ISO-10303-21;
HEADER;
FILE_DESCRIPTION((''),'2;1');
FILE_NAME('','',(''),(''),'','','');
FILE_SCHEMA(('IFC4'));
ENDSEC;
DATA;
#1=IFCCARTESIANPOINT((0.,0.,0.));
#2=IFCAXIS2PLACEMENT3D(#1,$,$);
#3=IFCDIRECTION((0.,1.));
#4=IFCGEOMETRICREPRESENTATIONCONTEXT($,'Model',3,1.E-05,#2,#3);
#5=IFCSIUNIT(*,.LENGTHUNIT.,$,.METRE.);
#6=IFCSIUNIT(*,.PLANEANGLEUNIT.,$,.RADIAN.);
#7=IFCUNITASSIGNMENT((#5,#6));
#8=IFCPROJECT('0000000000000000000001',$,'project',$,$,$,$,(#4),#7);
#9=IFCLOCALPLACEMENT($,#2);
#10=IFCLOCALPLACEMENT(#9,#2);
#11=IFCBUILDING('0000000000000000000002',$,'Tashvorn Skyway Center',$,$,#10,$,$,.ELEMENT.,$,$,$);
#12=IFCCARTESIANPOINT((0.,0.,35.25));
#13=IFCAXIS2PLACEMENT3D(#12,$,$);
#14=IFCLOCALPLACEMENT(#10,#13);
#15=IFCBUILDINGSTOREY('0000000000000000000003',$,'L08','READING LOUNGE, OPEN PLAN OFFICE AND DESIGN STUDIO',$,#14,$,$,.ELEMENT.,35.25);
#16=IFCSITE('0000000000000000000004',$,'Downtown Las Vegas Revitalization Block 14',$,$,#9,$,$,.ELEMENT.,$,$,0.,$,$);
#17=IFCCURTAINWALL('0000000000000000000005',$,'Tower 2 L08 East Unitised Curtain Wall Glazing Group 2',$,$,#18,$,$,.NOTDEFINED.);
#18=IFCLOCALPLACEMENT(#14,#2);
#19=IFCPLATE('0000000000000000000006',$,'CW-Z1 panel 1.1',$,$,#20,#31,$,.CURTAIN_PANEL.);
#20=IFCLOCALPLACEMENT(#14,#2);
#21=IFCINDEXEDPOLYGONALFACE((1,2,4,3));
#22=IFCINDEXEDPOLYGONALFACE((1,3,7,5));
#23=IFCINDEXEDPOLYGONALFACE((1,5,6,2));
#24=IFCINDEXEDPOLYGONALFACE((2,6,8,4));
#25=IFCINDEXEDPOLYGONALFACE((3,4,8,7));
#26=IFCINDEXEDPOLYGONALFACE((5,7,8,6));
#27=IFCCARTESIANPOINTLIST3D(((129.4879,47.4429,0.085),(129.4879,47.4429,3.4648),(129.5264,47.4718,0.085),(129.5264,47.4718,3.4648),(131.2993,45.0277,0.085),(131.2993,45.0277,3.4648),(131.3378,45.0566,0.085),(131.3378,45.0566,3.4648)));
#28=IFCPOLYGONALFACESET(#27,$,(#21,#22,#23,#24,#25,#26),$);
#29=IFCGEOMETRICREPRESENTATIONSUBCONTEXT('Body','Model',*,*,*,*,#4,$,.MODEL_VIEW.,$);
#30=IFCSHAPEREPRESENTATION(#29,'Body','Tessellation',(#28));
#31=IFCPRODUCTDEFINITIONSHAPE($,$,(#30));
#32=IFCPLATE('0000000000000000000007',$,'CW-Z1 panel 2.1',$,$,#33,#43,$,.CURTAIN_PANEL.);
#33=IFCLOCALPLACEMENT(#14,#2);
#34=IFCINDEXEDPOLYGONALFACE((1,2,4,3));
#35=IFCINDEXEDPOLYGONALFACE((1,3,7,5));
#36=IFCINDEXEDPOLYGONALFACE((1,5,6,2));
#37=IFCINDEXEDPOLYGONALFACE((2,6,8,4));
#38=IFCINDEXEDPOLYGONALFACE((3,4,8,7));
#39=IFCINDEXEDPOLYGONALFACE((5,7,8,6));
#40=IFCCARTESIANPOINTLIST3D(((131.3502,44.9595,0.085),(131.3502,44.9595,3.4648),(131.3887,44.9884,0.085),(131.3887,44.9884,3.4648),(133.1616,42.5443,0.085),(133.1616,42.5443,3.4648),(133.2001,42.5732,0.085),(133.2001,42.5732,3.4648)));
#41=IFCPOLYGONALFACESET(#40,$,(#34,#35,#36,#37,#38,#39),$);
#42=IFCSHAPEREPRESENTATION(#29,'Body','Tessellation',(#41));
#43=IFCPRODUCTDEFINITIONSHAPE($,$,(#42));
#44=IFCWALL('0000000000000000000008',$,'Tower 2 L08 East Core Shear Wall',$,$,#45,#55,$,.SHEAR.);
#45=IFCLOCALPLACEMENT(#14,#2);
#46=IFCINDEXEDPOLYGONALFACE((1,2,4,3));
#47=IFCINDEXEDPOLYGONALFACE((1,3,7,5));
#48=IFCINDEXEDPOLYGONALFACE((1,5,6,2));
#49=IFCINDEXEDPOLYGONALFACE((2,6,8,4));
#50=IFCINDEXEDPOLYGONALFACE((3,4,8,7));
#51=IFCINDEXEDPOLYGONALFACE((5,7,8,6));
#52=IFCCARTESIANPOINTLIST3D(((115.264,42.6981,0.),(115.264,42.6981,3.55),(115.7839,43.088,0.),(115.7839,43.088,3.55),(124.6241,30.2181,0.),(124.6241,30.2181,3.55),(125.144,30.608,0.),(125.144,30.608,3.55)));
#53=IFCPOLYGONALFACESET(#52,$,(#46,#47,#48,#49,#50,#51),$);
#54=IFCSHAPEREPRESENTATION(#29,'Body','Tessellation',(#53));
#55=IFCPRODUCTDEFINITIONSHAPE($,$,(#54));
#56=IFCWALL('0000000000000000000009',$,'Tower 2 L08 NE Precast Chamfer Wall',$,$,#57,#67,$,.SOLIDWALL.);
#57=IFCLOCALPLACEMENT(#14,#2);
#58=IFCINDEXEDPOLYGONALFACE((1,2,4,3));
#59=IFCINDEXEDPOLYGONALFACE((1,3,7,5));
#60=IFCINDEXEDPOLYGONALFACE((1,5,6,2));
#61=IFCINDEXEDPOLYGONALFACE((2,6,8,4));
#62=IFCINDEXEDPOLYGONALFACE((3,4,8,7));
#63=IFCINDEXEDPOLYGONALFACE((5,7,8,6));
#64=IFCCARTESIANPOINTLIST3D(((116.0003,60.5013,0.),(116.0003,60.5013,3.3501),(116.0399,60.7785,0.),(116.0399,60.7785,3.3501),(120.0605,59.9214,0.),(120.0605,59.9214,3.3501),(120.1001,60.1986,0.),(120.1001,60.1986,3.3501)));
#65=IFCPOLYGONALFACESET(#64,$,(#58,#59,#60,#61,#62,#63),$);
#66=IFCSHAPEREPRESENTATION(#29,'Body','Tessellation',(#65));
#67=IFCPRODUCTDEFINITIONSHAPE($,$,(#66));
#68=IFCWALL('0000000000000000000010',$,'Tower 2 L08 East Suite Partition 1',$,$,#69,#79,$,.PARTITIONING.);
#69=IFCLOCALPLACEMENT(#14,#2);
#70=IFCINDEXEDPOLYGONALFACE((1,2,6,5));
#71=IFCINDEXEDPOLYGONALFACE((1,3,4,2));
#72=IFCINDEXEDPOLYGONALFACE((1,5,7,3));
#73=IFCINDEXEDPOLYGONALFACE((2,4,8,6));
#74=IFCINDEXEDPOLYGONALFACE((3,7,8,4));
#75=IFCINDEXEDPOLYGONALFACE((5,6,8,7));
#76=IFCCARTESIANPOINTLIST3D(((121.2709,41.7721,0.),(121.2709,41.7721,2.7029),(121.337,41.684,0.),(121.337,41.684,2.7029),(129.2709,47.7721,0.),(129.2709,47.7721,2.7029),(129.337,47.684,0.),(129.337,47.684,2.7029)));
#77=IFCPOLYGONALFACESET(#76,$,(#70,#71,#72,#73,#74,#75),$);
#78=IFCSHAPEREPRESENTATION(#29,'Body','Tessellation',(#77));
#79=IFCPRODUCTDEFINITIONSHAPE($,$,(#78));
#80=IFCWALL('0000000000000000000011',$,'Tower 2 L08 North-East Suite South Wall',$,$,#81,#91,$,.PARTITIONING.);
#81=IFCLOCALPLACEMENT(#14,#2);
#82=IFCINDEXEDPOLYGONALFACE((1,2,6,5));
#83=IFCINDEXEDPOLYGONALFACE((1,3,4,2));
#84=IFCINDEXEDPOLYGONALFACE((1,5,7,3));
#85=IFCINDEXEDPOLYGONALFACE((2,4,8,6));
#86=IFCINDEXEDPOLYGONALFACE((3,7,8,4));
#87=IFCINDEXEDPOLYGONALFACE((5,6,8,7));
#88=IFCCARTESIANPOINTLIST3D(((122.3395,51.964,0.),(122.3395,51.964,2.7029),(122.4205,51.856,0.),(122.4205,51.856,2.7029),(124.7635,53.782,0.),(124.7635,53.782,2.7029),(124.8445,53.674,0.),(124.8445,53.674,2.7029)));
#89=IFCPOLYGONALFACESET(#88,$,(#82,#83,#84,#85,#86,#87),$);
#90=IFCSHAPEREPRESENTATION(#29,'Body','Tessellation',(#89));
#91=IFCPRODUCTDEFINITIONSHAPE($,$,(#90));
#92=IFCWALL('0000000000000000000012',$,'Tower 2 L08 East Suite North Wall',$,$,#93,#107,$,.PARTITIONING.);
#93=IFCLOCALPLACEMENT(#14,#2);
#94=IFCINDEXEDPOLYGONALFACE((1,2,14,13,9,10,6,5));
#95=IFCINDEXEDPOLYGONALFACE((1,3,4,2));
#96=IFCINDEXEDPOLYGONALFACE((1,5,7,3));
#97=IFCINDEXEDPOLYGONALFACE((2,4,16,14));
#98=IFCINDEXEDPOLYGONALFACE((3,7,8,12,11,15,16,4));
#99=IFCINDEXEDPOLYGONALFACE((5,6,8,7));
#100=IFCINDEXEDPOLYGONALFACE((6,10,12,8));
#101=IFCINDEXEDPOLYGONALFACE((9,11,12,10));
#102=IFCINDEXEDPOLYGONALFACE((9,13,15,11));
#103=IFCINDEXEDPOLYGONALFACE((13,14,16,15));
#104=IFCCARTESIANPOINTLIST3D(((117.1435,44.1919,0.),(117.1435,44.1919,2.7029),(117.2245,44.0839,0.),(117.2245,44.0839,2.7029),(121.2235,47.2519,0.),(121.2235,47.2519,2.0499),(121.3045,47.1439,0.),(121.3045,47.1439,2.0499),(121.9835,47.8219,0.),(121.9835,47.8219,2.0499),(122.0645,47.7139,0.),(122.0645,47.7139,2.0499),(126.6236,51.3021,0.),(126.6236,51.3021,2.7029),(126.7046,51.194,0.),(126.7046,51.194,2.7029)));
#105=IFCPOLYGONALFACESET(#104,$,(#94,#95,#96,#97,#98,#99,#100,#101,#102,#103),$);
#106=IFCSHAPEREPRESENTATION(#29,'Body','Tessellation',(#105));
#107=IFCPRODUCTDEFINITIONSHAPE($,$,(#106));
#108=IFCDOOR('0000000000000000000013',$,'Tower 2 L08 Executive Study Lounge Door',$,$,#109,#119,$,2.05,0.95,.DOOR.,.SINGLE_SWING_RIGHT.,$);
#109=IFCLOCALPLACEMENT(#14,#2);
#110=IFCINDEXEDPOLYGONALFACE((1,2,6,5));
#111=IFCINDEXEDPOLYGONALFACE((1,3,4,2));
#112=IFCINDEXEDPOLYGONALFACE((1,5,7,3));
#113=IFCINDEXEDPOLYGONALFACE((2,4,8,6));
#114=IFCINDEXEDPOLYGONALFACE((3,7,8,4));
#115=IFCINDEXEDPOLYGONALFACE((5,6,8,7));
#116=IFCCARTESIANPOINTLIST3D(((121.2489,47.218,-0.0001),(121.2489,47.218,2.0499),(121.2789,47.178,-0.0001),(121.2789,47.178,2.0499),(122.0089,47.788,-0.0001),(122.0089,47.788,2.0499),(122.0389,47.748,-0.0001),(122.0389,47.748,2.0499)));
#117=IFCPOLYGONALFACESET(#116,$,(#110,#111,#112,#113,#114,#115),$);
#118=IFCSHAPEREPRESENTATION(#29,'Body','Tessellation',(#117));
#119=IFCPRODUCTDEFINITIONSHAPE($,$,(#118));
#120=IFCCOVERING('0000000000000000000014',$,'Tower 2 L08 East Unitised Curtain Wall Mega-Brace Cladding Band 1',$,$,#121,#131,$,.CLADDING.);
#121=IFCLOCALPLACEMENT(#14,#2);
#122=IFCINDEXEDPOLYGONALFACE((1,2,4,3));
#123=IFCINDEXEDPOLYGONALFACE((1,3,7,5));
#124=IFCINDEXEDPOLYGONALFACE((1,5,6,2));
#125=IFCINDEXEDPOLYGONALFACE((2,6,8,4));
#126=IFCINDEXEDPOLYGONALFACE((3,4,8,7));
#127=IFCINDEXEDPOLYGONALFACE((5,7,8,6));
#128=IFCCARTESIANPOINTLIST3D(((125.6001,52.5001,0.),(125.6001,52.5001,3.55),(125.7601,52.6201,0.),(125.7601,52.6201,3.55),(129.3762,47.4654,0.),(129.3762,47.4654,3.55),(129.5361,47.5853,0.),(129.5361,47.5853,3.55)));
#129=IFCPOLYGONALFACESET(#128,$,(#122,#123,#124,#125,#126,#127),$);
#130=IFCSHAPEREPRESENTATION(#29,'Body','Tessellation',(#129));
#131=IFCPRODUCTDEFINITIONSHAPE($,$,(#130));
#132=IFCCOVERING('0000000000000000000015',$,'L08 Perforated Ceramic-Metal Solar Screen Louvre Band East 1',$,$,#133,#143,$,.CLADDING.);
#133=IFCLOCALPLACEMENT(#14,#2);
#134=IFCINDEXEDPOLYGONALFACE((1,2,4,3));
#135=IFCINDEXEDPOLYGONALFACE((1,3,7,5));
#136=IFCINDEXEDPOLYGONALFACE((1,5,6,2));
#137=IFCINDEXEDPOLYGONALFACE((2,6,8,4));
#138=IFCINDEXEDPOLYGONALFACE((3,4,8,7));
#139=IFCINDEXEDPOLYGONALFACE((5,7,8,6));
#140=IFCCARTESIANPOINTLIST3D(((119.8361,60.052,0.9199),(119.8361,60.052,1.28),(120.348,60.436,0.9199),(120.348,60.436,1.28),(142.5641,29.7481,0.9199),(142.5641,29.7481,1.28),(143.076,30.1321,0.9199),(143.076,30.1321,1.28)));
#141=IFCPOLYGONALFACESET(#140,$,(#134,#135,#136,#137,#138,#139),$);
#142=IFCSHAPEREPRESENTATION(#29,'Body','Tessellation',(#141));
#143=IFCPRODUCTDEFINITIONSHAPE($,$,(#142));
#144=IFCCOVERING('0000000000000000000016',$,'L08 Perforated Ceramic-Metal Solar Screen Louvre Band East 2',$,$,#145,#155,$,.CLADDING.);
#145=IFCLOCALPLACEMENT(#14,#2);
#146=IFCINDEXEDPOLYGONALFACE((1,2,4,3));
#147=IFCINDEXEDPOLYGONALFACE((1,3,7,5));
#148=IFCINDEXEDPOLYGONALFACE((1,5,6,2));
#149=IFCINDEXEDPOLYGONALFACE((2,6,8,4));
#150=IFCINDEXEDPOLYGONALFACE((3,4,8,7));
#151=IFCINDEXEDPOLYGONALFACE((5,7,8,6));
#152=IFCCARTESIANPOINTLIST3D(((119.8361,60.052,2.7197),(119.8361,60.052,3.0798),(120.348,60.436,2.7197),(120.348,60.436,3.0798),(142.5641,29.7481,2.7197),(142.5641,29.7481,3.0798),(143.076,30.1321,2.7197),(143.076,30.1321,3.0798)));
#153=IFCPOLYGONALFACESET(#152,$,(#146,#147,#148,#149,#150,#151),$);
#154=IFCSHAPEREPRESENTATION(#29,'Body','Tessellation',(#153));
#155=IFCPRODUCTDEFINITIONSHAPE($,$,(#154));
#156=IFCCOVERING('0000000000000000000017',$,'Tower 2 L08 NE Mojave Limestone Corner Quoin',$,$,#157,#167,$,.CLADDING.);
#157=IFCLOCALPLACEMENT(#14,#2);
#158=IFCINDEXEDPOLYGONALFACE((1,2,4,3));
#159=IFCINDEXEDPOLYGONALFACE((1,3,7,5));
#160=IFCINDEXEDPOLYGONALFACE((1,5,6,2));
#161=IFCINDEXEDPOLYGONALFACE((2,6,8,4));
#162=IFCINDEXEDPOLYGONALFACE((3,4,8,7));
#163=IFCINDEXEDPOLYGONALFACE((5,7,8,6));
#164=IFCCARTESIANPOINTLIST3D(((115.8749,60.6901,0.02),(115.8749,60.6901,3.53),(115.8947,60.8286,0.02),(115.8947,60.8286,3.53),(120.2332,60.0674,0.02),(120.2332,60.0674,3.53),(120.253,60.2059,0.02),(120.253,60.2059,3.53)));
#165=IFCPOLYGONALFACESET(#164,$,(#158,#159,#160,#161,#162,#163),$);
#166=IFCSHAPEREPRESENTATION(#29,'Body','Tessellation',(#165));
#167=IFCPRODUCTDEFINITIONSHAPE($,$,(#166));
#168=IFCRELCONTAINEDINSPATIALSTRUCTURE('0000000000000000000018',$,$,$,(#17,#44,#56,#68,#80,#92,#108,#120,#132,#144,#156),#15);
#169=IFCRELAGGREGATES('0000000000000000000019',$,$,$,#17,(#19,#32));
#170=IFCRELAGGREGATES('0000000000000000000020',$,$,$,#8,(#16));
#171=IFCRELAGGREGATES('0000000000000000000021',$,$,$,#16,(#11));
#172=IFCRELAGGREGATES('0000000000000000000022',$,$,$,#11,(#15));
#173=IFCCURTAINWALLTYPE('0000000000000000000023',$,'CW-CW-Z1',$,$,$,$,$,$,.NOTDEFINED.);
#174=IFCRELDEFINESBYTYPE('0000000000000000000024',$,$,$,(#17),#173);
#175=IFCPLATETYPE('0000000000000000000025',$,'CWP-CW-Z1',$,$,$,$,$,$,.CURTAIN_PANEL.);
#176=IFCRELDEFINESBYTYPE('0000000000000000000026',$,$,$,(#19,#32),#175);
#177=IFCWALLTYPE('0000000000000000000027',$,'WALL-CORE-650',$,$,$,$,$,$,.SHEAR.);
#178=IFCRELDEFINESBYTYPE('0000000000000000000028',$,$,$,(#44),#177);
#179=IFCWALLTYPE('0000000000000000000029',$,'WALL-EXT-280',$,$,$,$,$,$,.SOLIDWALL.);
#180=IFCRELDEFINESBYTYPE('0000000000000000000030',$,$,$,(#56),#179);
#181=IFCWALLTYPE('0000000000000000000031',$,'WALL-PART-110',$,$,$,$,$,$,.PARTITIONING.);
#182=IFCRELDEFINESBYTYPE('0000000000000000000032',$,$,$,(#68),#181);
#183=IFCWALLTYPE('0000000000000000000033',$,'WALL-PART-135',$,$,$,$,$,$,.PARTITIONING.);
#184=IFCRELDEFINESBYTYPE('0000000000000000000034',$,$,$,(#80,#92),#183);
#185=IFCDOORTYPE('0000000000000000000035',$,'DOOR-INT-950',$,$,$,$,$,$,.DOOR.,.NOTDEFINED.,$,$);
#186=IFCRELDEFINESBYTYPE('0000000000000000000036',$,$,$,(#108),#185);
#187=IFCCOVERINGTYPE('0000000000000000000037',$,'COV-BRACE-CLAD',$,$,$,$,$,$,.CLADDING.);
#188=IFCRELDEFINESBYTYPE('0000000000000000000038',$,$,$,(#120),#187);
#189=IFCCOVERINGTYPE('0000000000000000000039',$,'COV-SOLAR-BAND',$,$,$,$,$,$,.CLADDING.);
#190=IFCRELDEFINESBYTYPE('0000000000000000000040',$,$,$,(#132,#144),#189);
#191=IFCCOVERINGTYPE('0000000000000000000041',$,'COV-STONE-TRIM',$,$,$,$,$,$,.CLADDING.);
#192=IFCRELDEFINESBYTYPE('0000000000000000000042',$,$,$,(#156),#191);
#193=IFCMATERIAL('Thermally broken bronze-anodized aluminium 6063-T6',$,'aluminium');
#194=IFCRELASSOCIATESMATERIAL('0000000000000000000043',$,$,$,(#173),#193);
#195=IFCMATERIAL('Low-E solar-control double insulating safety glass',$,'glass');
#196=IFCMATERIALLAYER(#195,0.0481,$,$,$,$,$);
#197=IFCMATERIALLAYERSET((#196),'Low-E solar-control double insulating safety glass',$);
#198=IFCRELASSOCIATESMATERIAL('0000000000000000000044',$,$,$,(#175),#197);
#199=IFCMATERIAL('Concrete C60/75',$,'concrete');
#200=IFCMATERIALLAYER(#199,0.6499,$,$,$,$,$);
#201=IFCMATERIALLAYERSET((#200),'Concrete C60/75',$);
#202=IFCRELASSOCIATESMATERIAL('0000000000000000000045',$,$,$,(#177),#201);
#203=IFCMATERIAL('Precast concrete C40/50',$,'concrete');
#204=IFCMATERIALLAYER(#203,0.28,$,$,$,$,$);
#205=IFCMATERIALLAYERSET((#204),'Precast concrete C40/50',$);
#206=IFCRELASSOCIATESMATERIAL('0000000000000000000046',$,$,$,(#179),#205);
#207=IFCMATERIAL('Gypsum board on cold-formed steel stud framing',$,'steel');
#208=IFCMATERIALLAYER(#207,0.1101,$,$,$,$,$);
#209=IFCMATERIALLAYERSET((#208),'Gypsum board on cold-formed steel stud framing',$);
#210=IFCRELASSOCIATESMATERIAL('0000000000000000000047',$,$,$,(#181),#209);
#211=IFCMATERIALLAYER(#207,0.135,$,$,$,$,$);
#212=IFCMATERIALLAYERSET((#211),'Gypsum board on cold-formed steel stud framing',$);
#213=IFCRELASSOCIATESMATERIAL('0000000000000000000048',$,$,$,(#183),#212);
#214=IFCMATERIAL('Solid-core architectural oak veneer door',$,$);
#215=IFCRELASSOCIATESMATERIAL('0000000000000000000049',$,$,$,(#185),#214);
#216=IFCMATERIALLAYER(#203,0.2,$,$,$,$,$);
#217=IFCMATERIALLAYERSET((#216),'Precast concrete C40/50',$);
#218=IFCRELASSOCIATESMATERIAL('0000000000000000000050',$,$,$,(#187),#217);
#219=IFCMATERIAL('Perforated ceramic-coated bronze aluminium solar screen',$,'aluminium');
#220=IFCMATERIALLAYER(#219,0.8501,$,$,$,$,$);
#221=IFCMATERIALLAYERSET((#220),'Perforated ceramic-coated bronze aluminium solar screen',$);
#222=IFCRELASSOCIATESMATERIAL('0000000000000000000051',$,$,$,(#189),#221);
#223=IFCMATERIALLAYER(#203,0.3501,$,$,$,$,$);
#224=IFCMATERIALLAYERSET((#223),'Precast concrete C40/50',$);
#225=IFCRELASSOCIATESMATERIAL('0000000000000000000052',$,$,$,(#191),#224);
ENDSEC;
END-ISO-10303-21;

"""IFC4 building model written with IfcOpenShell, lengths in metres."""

from ifc_helpers import new_model, si_unit, direction, frame, frame_2d, origin, origin_2d, place, context, subcontext, project, spatial, rectangle, extrude, material, layer, layer_set, type_object, element, fill, aggregate, save


model = new_model("IFC4")

# Units and contexts
model_context = context("Model", 3, precision=1e-05, world=origin(), true_north=direction((0.0, 1.0)))
body_context = subcontext(model_context, "Body", "Model", "MODEL_VIEW")
ifc_project = project(units=[si_unit("LENGTHUNIT", "METRE"), si_unit("PLANEANGLEUNIT", "RADIAN")], contexts=[model_context])

# Site, building, storey
site_placement = place(None, origin())
site = spatial("IfcSite", under=ifc_project, at=site_placement, Name="Downtown Las Vegas Revitalization Block 14", CompositionType="ELEMENT", RefElevation=0.0)
building_placement = place(site_placement, origin())
building = spatial("IfcBuilding", under=site, at=building_placement, Name="Tashvorn Skyway Center", CompositionType="ELEMENT")
storey_placement = place(building_placement, frame((0.0, 0.0, 35.25)))
storey = spatial("IfcBuildingStorey", under=building, at=storey_placement, Name="L08", Description="READING LOUNGE, OPEN PLAN OFFICE AND DESIGN STUDIO", CompositionType="ELEMENT", Elevation=35.25)

# Shared definitions
ifc_material_1 = material(Name="Thermally broken bronze-anodized aluminium 6063-T6", Category="aluminium")
curtain_wall_type = type_object("IfcCurtainWallType", Name="CW-CW-Z1", PredefinedType="NOTDEFINED", material=ifc_material_1)

# Curtain wall
curtain_wall_1_placement = place(storey_placement, origin())
curtain_wall_1 = element("IfcCurtainWall", 1, at=curtain_wall_1_placement, inside=storey, type_object=curtain_wall_type, Name="Tower 2 L08 East Unitised Curtain Wall Glazing Group 2", PredefinedType="NOTDEFINED")

# Plates
ifc_material_2 = material(Name="Low-E solar-control double insulating safety glass", Category="glass")
ifc_layer_1 = layer(ifc_material_2, 0.0481)
ifc_layer_set_1 = layer_set([ifc_layer_1], Name="Low-E solar-control double insulating safety glass")
plate_type = type_object("IfcPlateType", Name="CWP-CW-Z1", PredefinedType="CURTAIN_PANEL", material=ifc_layer_set_1)
plate_1_placement = place(storey_placement, frame((130.4128, 46.2498, 0.085), z_axis=(0.0, 0.0, 1.0), x_axis=(0.600005, -0.799996, 0.0)))
plate_1 = element("IfcPlate", 2, at=plate_1_placement, type_object=plate_type, Name="CW-Z1 panel 1.1", PredefinedType="CURTAIN_PANEL", context=body_context, shape_type="SweptSolid", body=[
    extrude(rectangle(XDim=3.019, YDim=0.0481, at=origin_2d()), origin(), (0.0, 0.0, 1.0), 3.3799),
])
plate_2_placement = place(storey_placement, frame((132.2751, 43.7664, 0.085), z_axis=(0.0, 0.0, 1.0), x_axis=(0.600005, -0.799996, 0.0)))
plate_2 = element("IfcPlate", 3, at=plate_2_placement, type_object=plate_type, Name="CW-Z1 panel 2.1", PredefinedType="CURTAIN_PANEL", context=body_context, shape_type="SweptSolid", body=[
    extrude(rectangle(XDim=3.019, YDim=0.0481, at=origin_2d()), origin(), (0.0, 0.0, 1.0), 3.3799),
])
aggregate(curtain_wall_1, [plate_1, plate_2])

# Walls
ifc_material_3 = material(Name="Concrete C60/75", Category="concrete")
ifc_layer_2 = layer(ifc_material_3, 0.6499)
ifc_layer_set_2 = layer_set([ifc_layer_2], Name="Concrete C60/75")
wall_type_1 = type_object("IfcWallType", Name="WALL-CORE-650", PredefinedType="SHEAR", material=ifc_layer_set_2)
wall_1_placement = place(storey_placement, frame((115.5239, 42.8931, 0.0), z_axis=(0.0, 0.0, 1.0), x_axis=(0.600005, -0.799996, 0.0)))
element("IfcWall", 4, at=wall_1_placement, inside=storey, type_object=wall_type_1, Name="Tower 2 L08 East Core Shear Wall", PredefinedType="SHEAR", context=body_context, shape_type="SweptSolid", body=[
    extrude(rectangle(XDim=15.6001, YDim=0.6499, at=frame_2d((7.8, 0.0))), origin(), (0.0, 0.0, 1.0), 3.55),
])
ifc_material_4 = material(Name="Precast concrete C40/50", Category="concrete")
ifc_layer_3 = layer(ifc_material_4, 0.28)
ifc_layer_set_3 = layer_set([ifc_layer_3], Name="Precast concrete C40/50")
wall_type_2 = type_object("IfcWallType", Name="WALL-EXT-280", PredefinedType="SOLIDWALL", material=ifc_layer_set_3)
wall_2_placement = place(storey_placement, frame((116.02, 60.6399, 0.0), z_axis=(0.0, 0.0, 1.0), x_axis=(0.989955, -0.14138, 0.0)))
element("IfcWall", 5, at=wall_2_placement, inside=storey, type_object=wall_type_2, Name="Tower 2 L08 NE Precast Chamfer Wall", PredefinedType="SOLIDWALL", context=body_context, shape_type="SweptSolid", body=[
    extrude(rectangle(XDim=4.1013, YDim=0.28, at=frame_2d((2.0508, 0.0))), origin(), (0.0, 0.0, 1.0), 3.3501),
])
ifc_material_5 = material(Name="Gypsum board on cold-formed steel stud framing", Category="steel")
ifc_layer_4 = layer(ifc_material_5, 0.1101)
ifc_layer_set_4 = layer_set([ifc_layer_4], Name="Gypsum board on cold-formed steel stud framing")
wall_type_3 = type_object("IfcWallType", Name="WALL-PART-110", PredefinedType="PARTITIONING", material=ifc_layer_set_4)
wall_3_placement = place(storey_placement, frame((129.304, 47.728, 0.0), z_axis=(0.0, 0.0, 1.0), x_axis=(-0.8, -0.6, 0.0)))
element("IfcWall", 6, at=wall_3_placement, inside=storey, type_object=wall_type_3, Name="Tower 2 L08 East Suite Partition 1", PredefinedType="PARTITIONING", context=body_context, shape_type="SweptSolid", body=[
    extrude(rectangle(XDim=10.0, YDim=0.1101, at=frame_2d((5.0, 0.0))), origin(), (0.0, 0.0, 1.0), 2.7029),
])
ifc_layer_5 = layer(ifc_material_5, 0.135)
ifc_layer_set_5 = layer_set([ifc_layer_5], Name="Gypsum board on cold-formed steel stud framing")
wall_type_4 = type_object("IfcWallType", Name="WALL-PART-135", PredefinedType="PARTITIONING", material=ifc_layer_set_5)
wall_4_placement = place(storey_placement, frame((122.3799, 51.9099, 0.0), z_axis=(0.0, 0.0, 1.0), x_axis=(0.79999, 0.600013, 0.0)))
element("IfcWall", 7, at=wall_4_placement, inside=storey, type_object=wall_type_4, Name="Tower 2 L08 North-East Suite South Wall", PredefinedType="PARTITIONING", context=body_context, shape_type="SweptSolid", body=[
    extrude(rectangle(XDim=3.03, YDim=0.135, at=frame_2d((1.5151, 0.0))), origin(), (0.0, 0.0, 1.0), 2.7029),
])

# Wall, opening, door
wall_5_placement = place(storey_placement, frame((126.6641, 51.248, 0.0), z_axis=(0.0, 0.0, 1.0), x_axis=(-0.799995, -0.600007, 0.0)))
wall_5 = element("IfcWall", 8, at=wall_5_placement, inside=storey, type_object=wall_type_4, Name="Tower 2 L08 East Suite North Wall", PredefinedType="PARTITIONING", context=body_context, shape_type="SweptSolid", body=[
    extrude(rectangle(XDim=11.8501, YDim=0.135, at=frame_2d((5.925, 0.0))), origin(), (0.0, 0.0, 1.0), 2.7029),
])
opening_placement = place(wall_5_placement, frame((5.8, 0.0, 0.0)))
opening = element("IfcOpeningElement", 9, at=opening_placement, cuts=wall_5, PredefinedType="OPENING", context=body_context, shape_type="SweptSolid", body=[
    extrude(rectangle(XDim=0.95, YDim=2.05, at=frame_2d((0.4751, 1.0249))), frame((0.0, 0.0774, 0.0), z_axis=(0.0, -1.0, 0.0), x_axis=(1.0, 0.0, 0.0)), (0.0, 0.0, 1.0), 0.155),
])
ifc_material_6 = material(Name="Solid-core architectural oak veneer door")
door_type = type_object("IfcDoorType", Name="DOOR-INT-950", OperationType="NOTDEFINED", PredefinedType="DOOR", material=ifc_material_6)
door_placement = place(opening_placement, origin())
door = element("IfcDoor", 10, at=door_placement, inside=storey, type_object=door_type, Name="Tower 2 L08 Executive Study Lounge Door", OperationType="SINGLE_SWING_RIGHT", OverallHeight=2.05, OverallWidth=0.95, PredefinedType="DOOR", context=body_context, shape_type="SweptSolid", body=[
    extrude(rectangle(XDim=0.95, YDim=2.05, at=frame_2d((0.4751, 1.0249))), frame((0.0, 0.0249, 0.0), z_axis=(0.0, -1.0, 0.0), x_axis=(1.0, 0.0, 0.0)), (0.0, 0.0, 1.0), 0.05),
])
fill(opening, door)

# Coverings
ifc_layer_6 = layer(ifc_material_4, 0.2)
ifc_layer_set_6 = layer_set([ifc_layer_6], Name="Precast concrete C40/50")
covering_type_1 = type_object("IfcCoveringType", Name="COV-BRACE-CLAD", PredefinedType="CLADDING", material=ifc_layer_set_6)
covering_1_placement = place(storey_placement, frame((127.5681, 50.0427, 0.0), z_axis=(0.0, 0.0, 1.0), x_axis=(0.6, -0.8, 0.0)))
element("IfcCovering", 11, at=covering_1_placement, inside=storey, type_object=covering_type_1, Name="Tower 2 L08 East Unitised Curtain Wall Mega-Brace Cladding Band 1", PredefinedType="CLADDING", context=body_context, shape_type="SweptSolid", body=[
    extrude(rectangle(XDim=6.2935, YDim=0.2, at=origin_2d()), origin(), (0.0, 0.0, 1.0), 3.55),
])
ifc_material_7 = material(Name="Perforated ceramic-coated bronze aluminium solar screen", Category="aluminium")
ifc_layer_7 = layer(ifc_material_7, 0.8501)
ifc_layer_set_7 = layer_set([ifc_layer_7], Name="Perforated ceramic-coated bronze aluminium solar screen")
covering_type_2 = type_object("IfcCoveringType", Name="COV-SOLAR-BAND", PredefinedType="CLADDING", material=ifc_layer_set_7)
for number, where, z_axis, x_axis, name in (
    (12, (131.4561, 45.092, 0.9199), (0.0, 0.0, 1.0), (0.6, -0.8, 0.0), "L08 Perforated Ceramic-Metal Solar Screen Louvre Band East 1"),
    (13, (131.4561, 45.092, 2.7197), (0.0, 0.0, 1.0), (0.6, -0.8, 0.0), "L08 Perforated Ceramic-Metal Solar Screen Louvre Band East 2"),
):
    element("IfcCovering", number, at=place(storey_placement, frame(where, z_axis=z_axis, x_axis=x_axis)), inside=storey, type_object=covering_type_2, Name=name, PredefinedType="CLADDING", context=body_context, shape_type="SweptSolid", body=[
        extrude(rectangle(XDim=37.8799, YDim=0.6399, at=origin_2d()), origin(), (0.0, 0.0, 1.0), 0.3601),
    ])
ifc_layer_8 = layer(ifc_material_4, 0.3501)
ifc_layer_set_8 = layer_set([ifc_layer_8], Name="Precast concrete C40/50")
covering_type_3 = type_object("IfcCoveringType", Name="COV-STONE-TRIM", PredefinedType="CLADDING", material=ifc_layer_set_8)
covering_2_placement = place(storey_placement, frame((118.064, 60.448, 0.02), z_axis=(0.0, 0.0, 1.0), x_axis=(0.989949, -0.141421, 0.0)))
element("IfcCovering", 14, at=covering_2_placement, inside=storey, type_object=covering_type_3, Name="Tower 2 L08 NE Mojave Limestone Corner Quoin", PredefinedType="CLADDING", context=body_context, shape_type="SweptSolid", body=[
    extrude(rectangle(XDim=4.4026, YDim=0.1399, at=origin_2d()), origin(), (0.0, 0.0, 1.0), 3.51),
])

save(model, "model.ifc")
